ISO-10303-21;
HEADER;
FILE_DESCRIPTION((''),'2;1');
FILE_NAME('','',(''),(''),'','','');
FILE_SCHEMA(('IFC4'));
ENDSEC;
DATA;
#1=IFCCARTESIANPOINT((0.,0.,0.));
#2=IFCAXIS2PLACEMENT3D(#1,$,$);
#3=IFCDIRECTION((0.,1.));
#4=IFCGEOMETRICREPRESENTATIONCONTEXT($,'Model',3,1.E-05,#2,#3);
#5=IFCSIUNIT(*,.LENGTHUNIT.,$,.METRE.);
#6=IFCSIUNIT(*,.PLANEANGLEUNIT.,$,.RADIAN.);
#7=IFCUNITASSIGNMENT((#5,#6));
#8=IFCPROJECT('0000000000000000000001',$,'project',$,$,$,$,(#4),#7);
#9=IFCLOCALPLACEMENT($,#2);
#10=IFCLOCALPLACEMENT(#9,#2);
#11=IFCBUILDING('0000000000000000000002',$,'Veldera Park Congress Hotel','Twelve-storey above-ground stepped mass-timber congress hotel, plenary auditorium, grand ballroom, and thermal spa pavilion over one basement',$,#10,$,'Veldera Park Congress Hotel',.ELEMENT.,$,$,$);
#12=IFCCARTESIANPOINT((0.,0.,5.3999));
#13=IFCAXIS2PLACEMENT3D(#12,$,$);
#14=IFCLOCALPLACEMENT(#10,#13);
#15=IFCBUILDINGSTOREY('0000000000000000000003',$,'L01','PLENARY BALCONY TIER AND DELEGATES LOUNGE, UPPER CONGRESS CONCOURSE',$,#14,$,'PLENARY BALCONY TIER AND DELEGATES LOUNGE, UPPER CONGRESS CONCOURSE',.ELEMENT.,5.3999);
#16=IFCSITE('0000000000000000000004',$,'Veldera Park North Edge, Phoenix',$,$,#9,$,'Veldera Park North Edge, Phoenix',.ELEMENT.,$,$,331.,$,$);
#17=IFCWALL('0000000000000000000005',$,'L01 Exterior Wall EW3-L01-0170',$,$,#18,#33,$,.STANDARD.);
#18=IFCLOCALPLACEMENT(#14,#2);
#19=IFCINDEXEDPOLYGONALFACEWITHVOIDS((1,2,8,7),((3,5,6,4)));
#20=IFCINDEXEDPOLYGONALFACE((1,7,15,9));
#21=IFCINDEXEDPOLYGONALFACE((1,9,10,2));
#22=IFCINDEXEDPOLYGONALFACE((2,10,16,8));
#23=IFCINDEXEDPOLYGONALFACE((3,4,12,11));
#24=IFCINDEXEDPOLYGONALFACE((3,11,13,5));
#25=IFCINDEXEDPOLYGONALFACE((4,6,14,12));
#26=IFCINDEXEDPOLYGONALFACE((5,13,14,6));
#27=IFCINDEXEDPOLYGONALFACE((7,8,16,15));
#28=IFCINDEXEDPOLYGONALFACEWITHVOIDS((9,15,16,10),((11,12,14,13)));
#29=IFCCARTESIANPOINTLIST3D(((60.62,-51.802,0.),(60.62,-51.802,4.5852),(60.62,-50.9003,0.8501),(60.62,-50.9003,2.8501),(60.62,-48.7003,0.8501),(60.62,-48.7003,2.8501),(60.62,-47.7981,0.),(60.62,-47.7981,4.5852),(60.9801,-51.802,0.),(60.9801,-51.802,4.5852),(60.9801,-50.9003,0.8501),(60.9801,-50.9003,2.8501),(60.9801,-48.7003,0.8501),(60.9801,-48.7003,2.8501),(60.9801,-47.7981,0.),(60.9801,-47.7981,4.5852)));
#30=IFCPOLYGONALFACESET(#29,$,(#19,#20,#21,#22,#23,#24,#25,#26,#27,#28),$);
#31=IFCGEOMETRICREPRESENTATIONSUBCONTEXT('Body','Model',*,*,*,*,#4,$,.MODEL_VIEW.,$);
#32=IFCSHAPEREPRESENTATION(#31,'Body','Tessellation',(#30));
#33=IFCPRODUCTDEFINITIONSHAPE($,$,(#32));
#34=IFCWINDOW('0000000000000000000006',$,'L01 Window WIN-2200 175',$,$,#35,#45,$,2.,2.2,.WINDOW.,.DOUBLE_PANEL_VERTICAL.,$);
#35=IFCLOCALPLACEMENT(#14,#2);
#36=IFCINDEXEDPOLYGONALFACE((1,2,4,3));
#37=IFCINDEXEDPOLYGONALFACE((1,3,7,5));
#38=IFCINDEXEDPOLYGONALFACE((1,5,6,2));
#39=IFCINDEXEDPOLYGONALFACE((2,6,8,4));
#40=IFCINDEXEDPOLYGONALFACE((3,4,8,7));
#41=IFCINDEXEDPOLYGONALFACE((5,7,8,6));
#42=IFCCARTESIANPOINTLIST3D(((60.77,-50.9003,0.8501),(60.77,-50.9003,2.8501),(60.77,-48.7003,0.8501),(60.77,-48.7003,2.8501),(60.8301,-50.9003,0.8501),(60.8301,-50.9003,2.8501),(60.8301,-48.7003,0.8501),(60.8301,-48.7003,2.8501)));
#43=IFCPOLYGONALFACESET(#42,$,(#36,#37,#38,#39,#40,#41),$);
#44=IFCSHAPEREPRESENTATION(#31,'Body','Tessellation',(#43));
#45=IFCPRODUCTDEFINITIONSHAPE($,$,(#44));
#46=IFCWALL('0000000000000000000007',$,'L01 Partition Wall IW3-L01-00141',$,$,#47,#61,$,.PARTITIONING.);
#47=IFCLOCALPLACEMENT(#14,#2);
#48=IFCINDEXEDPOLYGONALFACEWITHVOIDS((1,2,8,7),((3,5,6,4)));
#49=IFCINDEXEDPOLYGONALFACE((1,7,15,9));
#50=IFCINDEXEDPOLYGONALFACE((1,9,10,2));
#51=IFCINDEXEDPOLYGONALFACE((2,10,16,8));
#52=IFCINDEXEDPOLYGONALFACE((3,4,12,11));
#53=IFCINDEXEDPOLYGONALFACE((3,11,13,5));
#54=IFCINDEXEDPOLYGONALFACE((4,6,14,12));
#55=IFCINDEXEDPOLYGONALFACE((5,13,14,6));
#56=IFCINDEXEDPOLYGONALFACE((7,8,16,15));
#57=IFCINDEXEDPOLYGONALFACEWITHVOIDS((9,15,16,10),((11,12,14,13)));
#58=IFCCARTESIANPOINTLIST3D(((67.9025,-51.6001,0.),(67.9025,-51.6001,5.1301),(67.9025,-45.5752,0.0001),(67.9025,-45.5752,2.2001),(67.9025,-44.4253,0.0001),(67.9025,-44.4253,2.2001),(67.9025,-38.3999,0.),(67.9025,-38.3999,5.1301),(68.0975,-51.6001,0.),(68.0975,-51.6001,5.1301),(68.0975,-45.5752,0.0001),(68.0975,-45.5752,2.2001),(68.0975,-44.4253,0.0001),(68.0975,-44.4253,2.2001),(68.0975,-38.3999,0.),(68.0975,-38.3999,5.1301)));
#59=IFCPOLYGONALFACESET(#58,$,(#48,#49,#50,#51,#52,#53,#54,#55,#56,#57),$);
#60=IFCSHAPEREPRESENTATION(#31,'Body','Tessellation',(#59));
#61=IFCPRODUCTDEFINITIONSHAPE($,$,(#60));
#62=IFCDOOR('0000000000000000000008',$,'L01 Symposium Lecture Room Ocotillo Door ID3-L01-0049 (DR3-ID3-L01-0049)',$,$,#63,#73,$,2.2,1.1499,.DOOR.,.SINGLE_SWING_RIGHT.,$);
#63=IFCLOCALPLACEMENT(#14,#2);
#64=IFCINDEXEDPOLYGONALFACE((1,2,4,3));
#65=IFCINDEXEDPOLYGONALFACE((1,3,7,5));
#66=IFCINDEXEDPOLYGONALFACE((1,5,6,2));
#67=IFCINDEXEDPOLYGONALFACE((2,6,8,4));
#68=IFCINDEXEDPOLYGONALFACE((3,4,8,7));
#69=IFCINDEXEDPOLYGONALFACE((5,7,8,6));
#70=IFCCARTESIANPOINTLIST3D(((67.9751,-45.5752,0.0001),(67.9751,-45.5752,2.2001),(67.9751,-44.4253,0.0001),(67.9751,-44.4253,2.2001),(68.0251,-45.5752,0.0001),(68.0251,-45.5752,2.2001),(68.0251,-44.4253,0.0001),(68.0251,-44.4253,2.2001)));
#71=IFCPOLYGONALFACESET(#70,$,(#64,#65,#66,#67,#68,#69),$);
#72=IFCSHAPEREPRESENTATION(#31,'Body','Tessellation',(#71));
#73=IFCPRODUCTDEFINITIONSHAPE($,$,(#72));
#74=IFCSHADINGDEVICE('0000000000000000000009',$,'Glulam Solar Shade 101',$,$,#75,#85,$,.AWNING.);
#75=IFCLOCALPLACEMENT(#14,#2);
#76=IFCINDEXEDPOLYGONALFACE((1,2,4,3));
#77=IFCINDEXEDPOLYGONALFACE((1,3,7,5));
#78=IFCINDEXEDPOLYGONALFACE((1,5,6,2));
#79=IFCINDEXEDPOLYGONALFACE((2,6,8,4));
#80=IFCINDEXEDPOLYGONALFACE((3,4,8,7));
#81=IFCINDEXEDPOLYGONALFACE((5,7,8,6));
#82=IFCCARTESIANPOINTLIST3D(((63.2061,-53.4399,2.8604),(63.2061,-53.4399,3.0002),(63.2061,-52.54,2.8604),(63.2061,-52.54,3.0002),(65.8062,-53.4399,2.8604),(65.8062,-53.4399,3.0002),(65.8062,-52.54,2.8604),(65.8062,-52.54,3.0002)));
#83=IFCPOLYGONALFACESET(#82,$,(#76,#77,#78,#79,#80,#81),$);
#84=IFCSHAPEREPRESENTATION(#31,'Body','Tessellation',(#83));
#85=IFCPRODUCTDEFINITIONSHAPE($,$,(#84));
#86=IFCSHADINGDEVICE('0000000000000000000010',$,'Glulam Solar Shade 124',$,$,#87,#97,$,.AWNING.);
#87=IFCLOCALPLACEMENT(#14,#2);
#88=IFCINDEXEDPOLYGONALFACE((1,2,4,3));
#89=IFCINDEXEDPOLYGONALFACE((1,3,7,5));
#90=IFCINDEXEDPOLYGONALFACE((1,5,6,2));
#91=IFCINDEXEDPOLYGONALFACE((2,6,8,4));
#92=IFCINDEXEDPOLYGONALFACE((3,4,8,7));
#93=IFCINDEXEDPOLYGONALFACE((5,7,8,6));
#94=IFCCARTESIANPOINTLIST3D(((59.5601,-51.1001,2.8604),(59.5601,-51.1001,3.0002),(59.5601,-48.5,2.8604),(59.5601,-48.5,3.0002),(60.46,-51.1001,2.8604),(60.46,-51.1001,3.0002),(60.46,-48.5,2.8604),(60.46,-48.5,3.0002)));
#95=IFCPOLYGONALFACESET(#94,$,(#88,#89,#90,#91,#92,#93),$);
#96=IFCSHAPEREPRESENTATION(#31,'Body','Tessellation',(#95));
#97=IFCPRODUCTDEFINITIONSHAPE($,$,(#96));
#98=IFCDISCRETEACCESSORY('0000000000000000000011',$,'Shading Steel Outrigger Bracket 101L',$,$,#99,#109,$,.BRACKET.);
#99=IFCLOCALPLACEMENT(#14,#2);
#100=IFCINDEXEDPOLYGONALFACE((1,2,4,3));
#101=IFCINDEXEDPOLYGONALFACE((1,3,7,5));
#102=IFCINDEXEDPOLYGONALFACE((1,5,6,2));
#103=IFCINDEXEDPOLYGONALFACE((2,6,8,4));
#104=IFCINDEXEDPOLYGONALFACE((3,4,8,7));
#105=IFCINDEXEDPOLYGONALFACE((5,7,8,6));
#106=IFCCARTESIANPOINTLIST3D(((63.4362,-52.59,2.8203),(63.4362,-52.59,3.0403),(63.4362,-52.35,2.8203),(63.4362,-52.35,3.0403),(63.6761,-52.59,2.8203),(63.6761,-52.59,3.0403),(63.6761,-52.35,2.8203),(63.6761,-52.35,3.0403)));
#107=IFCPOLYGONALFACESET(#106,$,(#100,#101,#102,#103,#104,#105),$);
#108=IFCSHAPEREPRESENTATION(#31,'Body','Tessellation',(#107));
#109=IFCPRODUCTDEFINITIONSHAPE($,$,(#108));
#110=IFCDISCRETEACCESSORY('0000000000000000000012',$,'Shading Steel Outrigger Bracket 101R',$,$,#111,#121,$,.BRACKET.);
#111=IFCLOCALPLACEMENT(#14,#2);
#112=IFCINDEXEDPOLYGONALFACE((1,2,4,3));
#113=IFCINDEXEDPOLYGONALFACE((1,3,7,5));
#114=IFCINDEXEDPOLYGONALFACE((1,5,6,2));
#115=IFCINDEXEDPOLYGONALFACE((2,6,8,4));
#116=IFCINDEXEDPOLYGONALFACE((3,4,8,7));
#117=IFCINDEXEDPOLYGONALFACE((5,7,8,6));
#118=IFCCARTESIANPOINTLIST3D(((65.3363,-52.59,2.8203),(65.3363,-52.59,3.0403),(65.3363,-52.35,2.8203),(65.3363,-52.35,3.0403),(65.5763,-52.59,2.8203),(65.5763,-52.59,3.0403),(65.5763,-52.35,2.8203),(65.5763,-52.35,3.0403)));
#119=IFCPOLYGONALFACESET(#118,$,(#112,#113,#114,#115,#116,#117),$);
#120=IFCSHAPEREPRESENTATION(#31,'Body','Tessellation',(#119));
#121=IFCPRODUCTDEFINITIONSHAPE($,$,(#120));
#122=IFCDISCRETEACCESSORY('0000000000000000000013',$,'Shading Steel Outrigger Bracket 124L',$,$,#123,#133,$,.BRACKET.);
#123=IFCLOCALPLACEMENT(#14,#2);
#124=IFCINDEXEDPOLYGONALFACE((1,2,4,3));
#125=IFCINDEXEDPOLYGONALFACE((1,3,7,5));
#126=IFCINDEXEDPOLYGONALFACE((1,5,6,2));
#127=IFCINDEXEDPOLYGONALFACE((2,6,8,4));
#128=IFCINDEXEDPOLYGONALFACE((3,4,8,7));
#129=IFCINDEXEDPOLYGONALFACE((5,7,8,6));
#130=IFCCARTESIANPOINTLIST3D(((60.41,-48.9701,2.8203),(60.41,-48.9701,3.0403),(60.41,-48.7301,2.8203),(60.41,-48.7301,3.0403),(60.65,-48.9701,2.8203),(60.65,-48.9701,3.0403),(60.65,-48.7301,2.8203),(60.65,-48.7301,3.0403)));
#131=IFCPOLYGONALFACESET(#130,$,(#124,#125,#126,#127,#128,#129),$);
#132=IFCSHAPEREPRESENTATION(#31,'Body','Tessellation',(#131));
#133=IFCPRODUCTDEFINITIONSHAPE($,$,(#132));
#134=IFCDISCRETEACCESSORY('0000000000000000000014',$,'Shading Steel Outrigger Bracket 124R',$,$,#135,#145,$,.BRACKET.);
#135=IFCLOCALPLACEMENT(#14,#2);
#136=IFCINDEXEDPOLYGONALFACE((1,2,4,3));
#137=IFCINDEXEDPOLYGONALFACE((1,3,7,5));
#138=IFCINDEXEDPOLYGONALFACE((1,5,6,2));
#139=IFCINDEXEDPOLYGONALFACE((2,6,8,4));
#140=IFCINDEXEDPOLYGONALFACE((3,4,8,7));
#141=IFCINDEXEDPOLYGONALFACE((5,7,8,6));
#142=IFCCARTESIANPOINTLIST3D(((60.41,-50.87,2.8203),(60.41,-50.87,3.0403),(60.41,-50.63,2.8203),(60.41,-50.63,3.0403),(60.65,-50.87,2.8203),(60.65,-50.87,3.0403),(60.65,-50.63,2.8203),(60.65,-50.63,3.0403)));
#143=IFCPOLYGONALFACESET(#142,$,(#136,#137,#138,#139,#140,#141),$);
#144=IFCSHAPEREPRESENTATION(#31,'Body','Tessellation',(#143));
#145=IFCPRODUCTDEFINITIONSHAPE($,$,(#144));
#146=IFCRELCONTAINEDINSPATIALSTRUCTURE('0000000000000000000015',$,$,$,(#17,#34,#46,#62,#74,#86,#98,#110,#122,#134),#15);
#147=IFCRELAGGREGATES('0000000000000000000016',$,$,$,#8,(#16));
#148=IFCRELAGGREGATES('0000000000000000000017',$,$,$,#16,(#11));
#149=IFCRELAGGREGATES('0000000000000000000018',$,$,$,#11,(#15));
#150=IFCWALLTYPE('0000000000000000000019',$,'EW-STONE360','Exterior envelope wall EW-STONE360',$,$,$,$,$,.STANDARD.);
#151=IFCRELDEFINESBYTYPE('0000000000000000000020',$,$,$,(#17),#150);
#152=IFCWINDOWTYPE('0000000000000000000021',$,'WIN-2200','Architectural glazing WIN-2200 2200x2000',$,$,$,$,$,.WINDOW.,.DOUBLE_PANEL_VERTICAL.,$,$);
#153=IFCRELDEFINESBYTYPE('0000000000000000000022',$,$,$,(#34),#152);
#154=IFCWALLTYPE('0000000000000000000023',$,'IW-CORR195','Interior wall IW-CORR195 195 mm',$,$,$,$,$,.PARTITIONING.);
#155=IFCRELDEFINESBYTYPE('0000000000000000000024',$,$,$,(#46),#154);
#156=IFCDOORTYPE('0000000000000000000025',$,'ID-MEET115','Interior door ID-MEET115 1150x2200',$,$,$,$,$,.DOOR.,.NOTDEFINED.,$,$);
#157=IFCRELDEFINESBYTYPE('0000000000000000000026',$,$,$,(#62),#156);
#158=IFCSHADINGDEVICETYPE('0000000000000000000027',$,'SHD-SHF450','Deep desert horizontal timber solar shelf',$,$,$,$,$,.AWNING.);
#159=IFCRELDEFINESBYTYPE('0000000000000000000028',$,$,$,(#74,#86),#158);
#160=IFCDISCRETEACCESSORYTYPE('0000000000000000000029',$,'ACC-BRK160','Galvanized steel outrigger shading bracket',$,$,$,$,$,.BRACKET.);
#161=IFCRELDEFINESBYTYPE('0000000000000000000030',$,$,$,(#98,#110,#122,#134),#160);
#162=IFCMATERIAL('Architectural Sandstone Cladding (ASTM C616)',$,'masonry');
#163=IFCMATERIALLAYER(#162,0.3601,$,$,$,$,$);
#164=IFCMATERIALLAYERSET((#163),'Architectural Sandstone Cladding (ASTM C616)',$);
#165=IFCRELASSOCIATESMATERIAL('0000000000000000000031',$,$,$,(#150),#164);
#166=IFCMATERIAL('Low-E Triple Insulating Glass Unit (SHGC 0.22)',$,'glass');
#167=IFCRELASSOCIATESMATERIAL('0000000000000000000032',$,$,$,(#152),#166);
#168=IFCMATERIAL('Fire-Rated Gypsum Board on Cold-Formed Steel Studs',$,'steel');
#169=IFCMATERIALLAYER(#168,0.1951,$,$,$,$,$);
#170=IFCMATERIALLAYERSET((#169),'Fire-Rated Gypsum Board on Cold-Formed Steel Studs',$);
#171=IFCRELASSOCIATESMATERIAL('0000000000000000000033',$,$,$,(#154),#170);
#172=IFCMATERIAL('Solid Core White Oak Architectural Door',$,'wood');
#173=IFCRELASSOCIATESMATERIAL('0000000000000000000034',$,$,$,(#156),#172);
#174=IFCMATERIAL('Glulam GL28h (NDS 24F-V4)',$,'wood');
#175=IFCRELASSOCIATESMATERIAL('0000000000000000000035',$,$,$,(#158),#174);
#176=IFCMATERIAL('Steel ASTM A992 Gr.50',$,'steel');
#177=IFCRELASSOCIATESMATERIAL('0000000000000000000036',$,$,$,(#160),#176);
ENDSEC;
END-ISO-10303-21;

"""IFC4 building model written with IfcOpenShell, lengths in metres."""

from ifc_helpers import new_model, si_unit, direction, frame, frame_2d, origin, origin_2d, place, context, subcontext, project, spatial, rectangle, extrude, material, layer, layer_set, type_object, element, fill, save


model = new_model("IFC4")

# Units and contexts
model_context = context("Model", 3, precision=1e-05, world=origin(), true_north=direction((0.0, 1.0)))
body_context = subcontext(model_context, "Body", "Model", "MODEL_VIEW")
ifc_project = project(units=[si_unit("LENGTHUNIT", "METRE"), si_unit("PLANEANGLEUNIT", "RADIAN")], contexts=[model_context])

# Site, building, storey
site_placement = place(None, origin())
site = spatial("IfcSite", under=ifc_project, at=site_placement, Name="Veldera Park North Edge, Phoenix", LongName="Veldera Park North Edge, Phoenix", CompositionType="ELEMENT", RefElevation=331.0)
building_placement = place(site_placement, origin())
building = spatial("IfcBuilding", under=site, at=building_placement, Name="Veldera Park Congress Hotel", Description="Twelve-storey above-ground stepped mass-timber congress hotel, plenary auditorium, grand ballroom, and thermal spa pavilion over one basement", LongName="Veldera Park Congress Hotel", CompositionType="ELEMENT")
storey_placement = place(building_placement, frame((0.0, 0.0, 5.3999)))
storey = spatial("IfcBuildingStorey", under=building, at=storey_placement, Name="L01", Description="PLENARY BALCONY TIER AND DELEGATES LOUNGE, UPPER CONGRESS CONCOURSE", LongName="PLENARY BALCONY TIER AND DELEGATES LOUNGE, UPPER CONGRESS CONCOURSE", CompositionType="ELEMENT", Elevation=5.3999)

# Shared definitions
ifc_material_1 = material(Name="Glulam GL28h (NDS 24F-V4)", Category="wood")
ifc_material_2 = material(Name="Steel ASTM A992 Gr.50", Category="steel")

# Shared definitions
ifc_material_3 = material(Name="Architectural Sandstone Cladding (ASTM C616)", Category="masonry")
ifc_layer_1 = layer(ifc_material_3, 0.3601)
ifc_layer_set_1 = layer_set([ifc_layer_1], Name="Architectural Sandstone Cladding (ASTM C616)")
wall_type_1 = type_object("IfcWallType", Name="EW-STONE360", Description="Exterior envelope wall EW-STONE360", PredefinedType="STANDARD", material=ifc_layer_set_1)
ifc_material_4 = material(Name="Low-E Triple Insulating Glass Unit (SHGC 0.22)", Category="glass")
window_type = type_object("IfcWindowType", Name="WIN-2200", Description="Architectural glazing WIN-2200 2200x2000", PartitioningType="DOUBLE_PANEL_VERTICAL", PredefinedType="WINDOW", material=ifc_material_4)

# Wall, opening, window
wall_1_placement = place(storey_placement, frame((60.8, -47.7981, 0.0), z_axis=(0.0, 0.0, 1.0), x_axis=(0.0, -1.0, 0.0)))
wall_1 = element("IfcWall", 1, at=wall_1_placement, inside=storey, type_object=wall_type_1, Name="L01 Exterior Wall EW3-L01-0170", PredefinedType="STANDARD", context=body_context, shape_type="SweptSolid", body=[
    extrude(rectangle(XDim=4.0039, YDim=0.3601, at=frame_2d((2.002, 0.0))), origin(), (0.0, 0.0, 1.0), 4.5852),
])
opening_1_placement = place(wall_1_placement, frame((0.9021, 0.0, 0.8501)))
opening_1 = element("IfcOpeningElement", 2, at=opening_1_placement, cuts=wall_1, PredefinedType="OPENING", context=body_context, shape_type="SweptSolid", body=[
    extrude(rectangle(XDim=2.2, YDim=2.0, at=frame_2d((1.1001, 1.0))), frame((0.0, 0.1921, 0.0), z_axis=(0.0, -1.0, 0.0), x_axis=(1.0, 0.0, 0.0)), (0.0, 0.0, 1.0), 0.384),
])
window_1_placement = place(opening_1_placement, origin())
window_1 = element("IfcWindow", 3, at=window_1_placement, inside=storey, type_object=window_type, Name="L01 Window WIN-2200 175", OverallHeight=2.0, OverallWidth=2.2, PartitioningType="DOUBLE_PANEL_VERTICAL", PredefinedType="WINDOW", context=body_context, shape_type="SweptSolid", body=[
    extrude(rectangle(XDim=2.2, YDim=2.0, at=frame_2d((1.1001, 1.0))), frame((0.0, 0.03, 0.0), z_axis=(0.0, -1.0, 0.0), x_axis=(1.0, 0.0, 0.0)), (0.0, 0.0, 1.0), 0.0601),
])
fill(opening_1, window_1)

# Wall, opening, door
ifc_material_5 = material(Name="Fire-Rated Gypsum Board on Cold-Formed Steel Studs", Category="steel")
ifc_layer_2 = layer(ifc_material_5, 0.1951)
ifc_layer_set_2 = layer_set([ifc_layer_2], Name="Fire-Rated Gypsum Board on Cold-Formed Steel Studs")
wall_type_2 = type_object("IfcWallType", Name="IW-CORR195", Description="Interior wall IW-CORR195 195 mm", PredefinedType="PARTITIONING", material=ifc_layer_set_2)
wall_2_placement = place(storey_placement, frame((68.0, -51.6001, 0.0), z_axis=(0.0, 0.0, 1.0), x_axis=(0.0, 1.0, 0.0)))
wall_2 = element("IfcWall", 4, at=wall_2_placement, inside=storey, type_object=wall_type_2, Name="L01 Partition Wall IW3-L01-00141", PredefinedType="PARTITIONING", context=body_context, shape_type="SweptSolid", body=[
    extrude(rectangle(XDim=13.2002, YDim=0.1951, at=frame_2d((6.6001, 0.0))), origin(), (0.0, 0.0, 1.0), 5.1301),
])
opening_2_placement = place(wall_2_placement, frame((6.0249, 0.0, 0.0)))
opening_2 = element("IfcOpeningElement", 5, at=opening_2_placement, cuts=wall_2, PredefinedType="OPENING", context=body_context, shape_type="SweptSolid", body=[
    extrude(rectangle(XDim=1.1499, YDim=2.2, at=frame_2d((0.575, 1.1001))), frame((0.0, 0.1096, 0.0), z_axis=(0.0, -1.0, 0.0), x_axis=(1.0, 0.0, 0.0)), (0.0, 0.0, 1.0), 0.219),
])
ifc_material_6 = material(Name="Solid Core White Oak Architectural Door", Category="wood")
door_type = type_object("IfcDoorType", Name="ID-MEET115", Description="Interior door ID-MEET115 1150x2200", OperationType="NOTDEFINED", PredefinedType="DOOR", material=ifc_material_6)
door_placement = place(opening_2_placement, origin())
door = element("IfcDoor", 6, at=door_placement, inside=storey, type_object=door_type, Name="L01 Symposium Lecture Room Ocotillo Door ID3-L01-0049 (DR3-ID3-L01-0049)", OperationType="SINGLE_SWING_RIGHT", OverallHeight=2.2, OverallWidth=1.1499, PredefinedType="DOOR", context=body_context, shape_type="SweptSolid", body=[
    extrude(rectangle(XDim=1.1499, YDim=2.2, at=frame_2d((0.575, 1.1001))), frame((0.0, 0.0249, 0.0), z_axis=(0.0, -1.0, 0.0), x_axis=(1.0, 0.0, 0.0)), (0.0, 0.0, 1.0), 0.05),
])
fill(opening_2, door)

# Shading devices
shading_device_type = type_object("IfcShadingDeviceType", Name="SHD-SHF450", Description="Deep desert horizontal timber solar shelf", PredefinedType="AWNING", material=ifc_material_1)
for number, where, z_axis, x_axis, name in (
    (7, (64.5061, -52.99, 2.8604), (0.0, 0.0, 1.0), (1.0, 0.0, 0.0), "Glulam Solar Shade 101"),
    (8, (60.01, -49.8, 2.8604), (0.0, 0.0, 1.0), (0.0, -1.0, 0.0), "Glulam Solar Shade 124"),
):
    element("IfcShadingDevice", number, at=place(storey_placement, frame(where, z_axis=z_axis, x_axis=x_axis)), inside=storey, type_object=shading_device_type, Name=name, PredefinedType="AWNING", context=body_context, shape_type="SweptSolid", body=[
        extrude(rectangle(XDim=2.6001, YDim=0.8999, at=origin_2d()), origin(), (0.0, 0.0, 1.0), 0.1399),
    ])

# Discrete accessories
discrete_accessory_type = type_object("IfcDiscreteAccessoryType", Name="ACC-BRK160", Description="Galvanized steel outrigger shading bracket", PredefinedType="BRACKET", material=ifc_material_2)
for number, where, z_axis, x_axis, name in (
    (9, (63.5562, -52.47, 2.8203), (0.0, 0.0, 1.0), (1.0, 0.0, 0.0), "Shading Steel Outrigger Bracket 101L"),
    (10, (65.4563, -52.47, 2.8203), (0.0, 0.0, 1.0), (1.0, 0.0, 0.0), "Shading Steel Outrigger Bracket 101R"),
    (11, (60.53, -48.8501, 2.8203), (0.0, 0.0, 1.0), (0.0, -1.0, 0.0), "Shading Steel Outrigger Bracket 124L"),
    (12, (60.53, -50.75, 2.8203), (0.0, 0.0, 1.0), (0.0, -1.0, 0.0), "Shading Steel Outrigger Bracket 124R"),
):
    element("IfcDiscreteAccessory", number, at=place(storey_placement, frame(where, z_axis=z_axis, x_axis=x_axis)), inside=storey, type_object=discrete_accessory_type, Name=name, PredefinedType="BRACKET", context=body_context, shape_type="SweptSolid", body=[
        extrude(rectangle(XDim=0.24, YDim=0.24, at=origin_2d()), origin(), (0.0, 0.0, 1.0), 0.22),
    ])

save(model, "model.ifc")
